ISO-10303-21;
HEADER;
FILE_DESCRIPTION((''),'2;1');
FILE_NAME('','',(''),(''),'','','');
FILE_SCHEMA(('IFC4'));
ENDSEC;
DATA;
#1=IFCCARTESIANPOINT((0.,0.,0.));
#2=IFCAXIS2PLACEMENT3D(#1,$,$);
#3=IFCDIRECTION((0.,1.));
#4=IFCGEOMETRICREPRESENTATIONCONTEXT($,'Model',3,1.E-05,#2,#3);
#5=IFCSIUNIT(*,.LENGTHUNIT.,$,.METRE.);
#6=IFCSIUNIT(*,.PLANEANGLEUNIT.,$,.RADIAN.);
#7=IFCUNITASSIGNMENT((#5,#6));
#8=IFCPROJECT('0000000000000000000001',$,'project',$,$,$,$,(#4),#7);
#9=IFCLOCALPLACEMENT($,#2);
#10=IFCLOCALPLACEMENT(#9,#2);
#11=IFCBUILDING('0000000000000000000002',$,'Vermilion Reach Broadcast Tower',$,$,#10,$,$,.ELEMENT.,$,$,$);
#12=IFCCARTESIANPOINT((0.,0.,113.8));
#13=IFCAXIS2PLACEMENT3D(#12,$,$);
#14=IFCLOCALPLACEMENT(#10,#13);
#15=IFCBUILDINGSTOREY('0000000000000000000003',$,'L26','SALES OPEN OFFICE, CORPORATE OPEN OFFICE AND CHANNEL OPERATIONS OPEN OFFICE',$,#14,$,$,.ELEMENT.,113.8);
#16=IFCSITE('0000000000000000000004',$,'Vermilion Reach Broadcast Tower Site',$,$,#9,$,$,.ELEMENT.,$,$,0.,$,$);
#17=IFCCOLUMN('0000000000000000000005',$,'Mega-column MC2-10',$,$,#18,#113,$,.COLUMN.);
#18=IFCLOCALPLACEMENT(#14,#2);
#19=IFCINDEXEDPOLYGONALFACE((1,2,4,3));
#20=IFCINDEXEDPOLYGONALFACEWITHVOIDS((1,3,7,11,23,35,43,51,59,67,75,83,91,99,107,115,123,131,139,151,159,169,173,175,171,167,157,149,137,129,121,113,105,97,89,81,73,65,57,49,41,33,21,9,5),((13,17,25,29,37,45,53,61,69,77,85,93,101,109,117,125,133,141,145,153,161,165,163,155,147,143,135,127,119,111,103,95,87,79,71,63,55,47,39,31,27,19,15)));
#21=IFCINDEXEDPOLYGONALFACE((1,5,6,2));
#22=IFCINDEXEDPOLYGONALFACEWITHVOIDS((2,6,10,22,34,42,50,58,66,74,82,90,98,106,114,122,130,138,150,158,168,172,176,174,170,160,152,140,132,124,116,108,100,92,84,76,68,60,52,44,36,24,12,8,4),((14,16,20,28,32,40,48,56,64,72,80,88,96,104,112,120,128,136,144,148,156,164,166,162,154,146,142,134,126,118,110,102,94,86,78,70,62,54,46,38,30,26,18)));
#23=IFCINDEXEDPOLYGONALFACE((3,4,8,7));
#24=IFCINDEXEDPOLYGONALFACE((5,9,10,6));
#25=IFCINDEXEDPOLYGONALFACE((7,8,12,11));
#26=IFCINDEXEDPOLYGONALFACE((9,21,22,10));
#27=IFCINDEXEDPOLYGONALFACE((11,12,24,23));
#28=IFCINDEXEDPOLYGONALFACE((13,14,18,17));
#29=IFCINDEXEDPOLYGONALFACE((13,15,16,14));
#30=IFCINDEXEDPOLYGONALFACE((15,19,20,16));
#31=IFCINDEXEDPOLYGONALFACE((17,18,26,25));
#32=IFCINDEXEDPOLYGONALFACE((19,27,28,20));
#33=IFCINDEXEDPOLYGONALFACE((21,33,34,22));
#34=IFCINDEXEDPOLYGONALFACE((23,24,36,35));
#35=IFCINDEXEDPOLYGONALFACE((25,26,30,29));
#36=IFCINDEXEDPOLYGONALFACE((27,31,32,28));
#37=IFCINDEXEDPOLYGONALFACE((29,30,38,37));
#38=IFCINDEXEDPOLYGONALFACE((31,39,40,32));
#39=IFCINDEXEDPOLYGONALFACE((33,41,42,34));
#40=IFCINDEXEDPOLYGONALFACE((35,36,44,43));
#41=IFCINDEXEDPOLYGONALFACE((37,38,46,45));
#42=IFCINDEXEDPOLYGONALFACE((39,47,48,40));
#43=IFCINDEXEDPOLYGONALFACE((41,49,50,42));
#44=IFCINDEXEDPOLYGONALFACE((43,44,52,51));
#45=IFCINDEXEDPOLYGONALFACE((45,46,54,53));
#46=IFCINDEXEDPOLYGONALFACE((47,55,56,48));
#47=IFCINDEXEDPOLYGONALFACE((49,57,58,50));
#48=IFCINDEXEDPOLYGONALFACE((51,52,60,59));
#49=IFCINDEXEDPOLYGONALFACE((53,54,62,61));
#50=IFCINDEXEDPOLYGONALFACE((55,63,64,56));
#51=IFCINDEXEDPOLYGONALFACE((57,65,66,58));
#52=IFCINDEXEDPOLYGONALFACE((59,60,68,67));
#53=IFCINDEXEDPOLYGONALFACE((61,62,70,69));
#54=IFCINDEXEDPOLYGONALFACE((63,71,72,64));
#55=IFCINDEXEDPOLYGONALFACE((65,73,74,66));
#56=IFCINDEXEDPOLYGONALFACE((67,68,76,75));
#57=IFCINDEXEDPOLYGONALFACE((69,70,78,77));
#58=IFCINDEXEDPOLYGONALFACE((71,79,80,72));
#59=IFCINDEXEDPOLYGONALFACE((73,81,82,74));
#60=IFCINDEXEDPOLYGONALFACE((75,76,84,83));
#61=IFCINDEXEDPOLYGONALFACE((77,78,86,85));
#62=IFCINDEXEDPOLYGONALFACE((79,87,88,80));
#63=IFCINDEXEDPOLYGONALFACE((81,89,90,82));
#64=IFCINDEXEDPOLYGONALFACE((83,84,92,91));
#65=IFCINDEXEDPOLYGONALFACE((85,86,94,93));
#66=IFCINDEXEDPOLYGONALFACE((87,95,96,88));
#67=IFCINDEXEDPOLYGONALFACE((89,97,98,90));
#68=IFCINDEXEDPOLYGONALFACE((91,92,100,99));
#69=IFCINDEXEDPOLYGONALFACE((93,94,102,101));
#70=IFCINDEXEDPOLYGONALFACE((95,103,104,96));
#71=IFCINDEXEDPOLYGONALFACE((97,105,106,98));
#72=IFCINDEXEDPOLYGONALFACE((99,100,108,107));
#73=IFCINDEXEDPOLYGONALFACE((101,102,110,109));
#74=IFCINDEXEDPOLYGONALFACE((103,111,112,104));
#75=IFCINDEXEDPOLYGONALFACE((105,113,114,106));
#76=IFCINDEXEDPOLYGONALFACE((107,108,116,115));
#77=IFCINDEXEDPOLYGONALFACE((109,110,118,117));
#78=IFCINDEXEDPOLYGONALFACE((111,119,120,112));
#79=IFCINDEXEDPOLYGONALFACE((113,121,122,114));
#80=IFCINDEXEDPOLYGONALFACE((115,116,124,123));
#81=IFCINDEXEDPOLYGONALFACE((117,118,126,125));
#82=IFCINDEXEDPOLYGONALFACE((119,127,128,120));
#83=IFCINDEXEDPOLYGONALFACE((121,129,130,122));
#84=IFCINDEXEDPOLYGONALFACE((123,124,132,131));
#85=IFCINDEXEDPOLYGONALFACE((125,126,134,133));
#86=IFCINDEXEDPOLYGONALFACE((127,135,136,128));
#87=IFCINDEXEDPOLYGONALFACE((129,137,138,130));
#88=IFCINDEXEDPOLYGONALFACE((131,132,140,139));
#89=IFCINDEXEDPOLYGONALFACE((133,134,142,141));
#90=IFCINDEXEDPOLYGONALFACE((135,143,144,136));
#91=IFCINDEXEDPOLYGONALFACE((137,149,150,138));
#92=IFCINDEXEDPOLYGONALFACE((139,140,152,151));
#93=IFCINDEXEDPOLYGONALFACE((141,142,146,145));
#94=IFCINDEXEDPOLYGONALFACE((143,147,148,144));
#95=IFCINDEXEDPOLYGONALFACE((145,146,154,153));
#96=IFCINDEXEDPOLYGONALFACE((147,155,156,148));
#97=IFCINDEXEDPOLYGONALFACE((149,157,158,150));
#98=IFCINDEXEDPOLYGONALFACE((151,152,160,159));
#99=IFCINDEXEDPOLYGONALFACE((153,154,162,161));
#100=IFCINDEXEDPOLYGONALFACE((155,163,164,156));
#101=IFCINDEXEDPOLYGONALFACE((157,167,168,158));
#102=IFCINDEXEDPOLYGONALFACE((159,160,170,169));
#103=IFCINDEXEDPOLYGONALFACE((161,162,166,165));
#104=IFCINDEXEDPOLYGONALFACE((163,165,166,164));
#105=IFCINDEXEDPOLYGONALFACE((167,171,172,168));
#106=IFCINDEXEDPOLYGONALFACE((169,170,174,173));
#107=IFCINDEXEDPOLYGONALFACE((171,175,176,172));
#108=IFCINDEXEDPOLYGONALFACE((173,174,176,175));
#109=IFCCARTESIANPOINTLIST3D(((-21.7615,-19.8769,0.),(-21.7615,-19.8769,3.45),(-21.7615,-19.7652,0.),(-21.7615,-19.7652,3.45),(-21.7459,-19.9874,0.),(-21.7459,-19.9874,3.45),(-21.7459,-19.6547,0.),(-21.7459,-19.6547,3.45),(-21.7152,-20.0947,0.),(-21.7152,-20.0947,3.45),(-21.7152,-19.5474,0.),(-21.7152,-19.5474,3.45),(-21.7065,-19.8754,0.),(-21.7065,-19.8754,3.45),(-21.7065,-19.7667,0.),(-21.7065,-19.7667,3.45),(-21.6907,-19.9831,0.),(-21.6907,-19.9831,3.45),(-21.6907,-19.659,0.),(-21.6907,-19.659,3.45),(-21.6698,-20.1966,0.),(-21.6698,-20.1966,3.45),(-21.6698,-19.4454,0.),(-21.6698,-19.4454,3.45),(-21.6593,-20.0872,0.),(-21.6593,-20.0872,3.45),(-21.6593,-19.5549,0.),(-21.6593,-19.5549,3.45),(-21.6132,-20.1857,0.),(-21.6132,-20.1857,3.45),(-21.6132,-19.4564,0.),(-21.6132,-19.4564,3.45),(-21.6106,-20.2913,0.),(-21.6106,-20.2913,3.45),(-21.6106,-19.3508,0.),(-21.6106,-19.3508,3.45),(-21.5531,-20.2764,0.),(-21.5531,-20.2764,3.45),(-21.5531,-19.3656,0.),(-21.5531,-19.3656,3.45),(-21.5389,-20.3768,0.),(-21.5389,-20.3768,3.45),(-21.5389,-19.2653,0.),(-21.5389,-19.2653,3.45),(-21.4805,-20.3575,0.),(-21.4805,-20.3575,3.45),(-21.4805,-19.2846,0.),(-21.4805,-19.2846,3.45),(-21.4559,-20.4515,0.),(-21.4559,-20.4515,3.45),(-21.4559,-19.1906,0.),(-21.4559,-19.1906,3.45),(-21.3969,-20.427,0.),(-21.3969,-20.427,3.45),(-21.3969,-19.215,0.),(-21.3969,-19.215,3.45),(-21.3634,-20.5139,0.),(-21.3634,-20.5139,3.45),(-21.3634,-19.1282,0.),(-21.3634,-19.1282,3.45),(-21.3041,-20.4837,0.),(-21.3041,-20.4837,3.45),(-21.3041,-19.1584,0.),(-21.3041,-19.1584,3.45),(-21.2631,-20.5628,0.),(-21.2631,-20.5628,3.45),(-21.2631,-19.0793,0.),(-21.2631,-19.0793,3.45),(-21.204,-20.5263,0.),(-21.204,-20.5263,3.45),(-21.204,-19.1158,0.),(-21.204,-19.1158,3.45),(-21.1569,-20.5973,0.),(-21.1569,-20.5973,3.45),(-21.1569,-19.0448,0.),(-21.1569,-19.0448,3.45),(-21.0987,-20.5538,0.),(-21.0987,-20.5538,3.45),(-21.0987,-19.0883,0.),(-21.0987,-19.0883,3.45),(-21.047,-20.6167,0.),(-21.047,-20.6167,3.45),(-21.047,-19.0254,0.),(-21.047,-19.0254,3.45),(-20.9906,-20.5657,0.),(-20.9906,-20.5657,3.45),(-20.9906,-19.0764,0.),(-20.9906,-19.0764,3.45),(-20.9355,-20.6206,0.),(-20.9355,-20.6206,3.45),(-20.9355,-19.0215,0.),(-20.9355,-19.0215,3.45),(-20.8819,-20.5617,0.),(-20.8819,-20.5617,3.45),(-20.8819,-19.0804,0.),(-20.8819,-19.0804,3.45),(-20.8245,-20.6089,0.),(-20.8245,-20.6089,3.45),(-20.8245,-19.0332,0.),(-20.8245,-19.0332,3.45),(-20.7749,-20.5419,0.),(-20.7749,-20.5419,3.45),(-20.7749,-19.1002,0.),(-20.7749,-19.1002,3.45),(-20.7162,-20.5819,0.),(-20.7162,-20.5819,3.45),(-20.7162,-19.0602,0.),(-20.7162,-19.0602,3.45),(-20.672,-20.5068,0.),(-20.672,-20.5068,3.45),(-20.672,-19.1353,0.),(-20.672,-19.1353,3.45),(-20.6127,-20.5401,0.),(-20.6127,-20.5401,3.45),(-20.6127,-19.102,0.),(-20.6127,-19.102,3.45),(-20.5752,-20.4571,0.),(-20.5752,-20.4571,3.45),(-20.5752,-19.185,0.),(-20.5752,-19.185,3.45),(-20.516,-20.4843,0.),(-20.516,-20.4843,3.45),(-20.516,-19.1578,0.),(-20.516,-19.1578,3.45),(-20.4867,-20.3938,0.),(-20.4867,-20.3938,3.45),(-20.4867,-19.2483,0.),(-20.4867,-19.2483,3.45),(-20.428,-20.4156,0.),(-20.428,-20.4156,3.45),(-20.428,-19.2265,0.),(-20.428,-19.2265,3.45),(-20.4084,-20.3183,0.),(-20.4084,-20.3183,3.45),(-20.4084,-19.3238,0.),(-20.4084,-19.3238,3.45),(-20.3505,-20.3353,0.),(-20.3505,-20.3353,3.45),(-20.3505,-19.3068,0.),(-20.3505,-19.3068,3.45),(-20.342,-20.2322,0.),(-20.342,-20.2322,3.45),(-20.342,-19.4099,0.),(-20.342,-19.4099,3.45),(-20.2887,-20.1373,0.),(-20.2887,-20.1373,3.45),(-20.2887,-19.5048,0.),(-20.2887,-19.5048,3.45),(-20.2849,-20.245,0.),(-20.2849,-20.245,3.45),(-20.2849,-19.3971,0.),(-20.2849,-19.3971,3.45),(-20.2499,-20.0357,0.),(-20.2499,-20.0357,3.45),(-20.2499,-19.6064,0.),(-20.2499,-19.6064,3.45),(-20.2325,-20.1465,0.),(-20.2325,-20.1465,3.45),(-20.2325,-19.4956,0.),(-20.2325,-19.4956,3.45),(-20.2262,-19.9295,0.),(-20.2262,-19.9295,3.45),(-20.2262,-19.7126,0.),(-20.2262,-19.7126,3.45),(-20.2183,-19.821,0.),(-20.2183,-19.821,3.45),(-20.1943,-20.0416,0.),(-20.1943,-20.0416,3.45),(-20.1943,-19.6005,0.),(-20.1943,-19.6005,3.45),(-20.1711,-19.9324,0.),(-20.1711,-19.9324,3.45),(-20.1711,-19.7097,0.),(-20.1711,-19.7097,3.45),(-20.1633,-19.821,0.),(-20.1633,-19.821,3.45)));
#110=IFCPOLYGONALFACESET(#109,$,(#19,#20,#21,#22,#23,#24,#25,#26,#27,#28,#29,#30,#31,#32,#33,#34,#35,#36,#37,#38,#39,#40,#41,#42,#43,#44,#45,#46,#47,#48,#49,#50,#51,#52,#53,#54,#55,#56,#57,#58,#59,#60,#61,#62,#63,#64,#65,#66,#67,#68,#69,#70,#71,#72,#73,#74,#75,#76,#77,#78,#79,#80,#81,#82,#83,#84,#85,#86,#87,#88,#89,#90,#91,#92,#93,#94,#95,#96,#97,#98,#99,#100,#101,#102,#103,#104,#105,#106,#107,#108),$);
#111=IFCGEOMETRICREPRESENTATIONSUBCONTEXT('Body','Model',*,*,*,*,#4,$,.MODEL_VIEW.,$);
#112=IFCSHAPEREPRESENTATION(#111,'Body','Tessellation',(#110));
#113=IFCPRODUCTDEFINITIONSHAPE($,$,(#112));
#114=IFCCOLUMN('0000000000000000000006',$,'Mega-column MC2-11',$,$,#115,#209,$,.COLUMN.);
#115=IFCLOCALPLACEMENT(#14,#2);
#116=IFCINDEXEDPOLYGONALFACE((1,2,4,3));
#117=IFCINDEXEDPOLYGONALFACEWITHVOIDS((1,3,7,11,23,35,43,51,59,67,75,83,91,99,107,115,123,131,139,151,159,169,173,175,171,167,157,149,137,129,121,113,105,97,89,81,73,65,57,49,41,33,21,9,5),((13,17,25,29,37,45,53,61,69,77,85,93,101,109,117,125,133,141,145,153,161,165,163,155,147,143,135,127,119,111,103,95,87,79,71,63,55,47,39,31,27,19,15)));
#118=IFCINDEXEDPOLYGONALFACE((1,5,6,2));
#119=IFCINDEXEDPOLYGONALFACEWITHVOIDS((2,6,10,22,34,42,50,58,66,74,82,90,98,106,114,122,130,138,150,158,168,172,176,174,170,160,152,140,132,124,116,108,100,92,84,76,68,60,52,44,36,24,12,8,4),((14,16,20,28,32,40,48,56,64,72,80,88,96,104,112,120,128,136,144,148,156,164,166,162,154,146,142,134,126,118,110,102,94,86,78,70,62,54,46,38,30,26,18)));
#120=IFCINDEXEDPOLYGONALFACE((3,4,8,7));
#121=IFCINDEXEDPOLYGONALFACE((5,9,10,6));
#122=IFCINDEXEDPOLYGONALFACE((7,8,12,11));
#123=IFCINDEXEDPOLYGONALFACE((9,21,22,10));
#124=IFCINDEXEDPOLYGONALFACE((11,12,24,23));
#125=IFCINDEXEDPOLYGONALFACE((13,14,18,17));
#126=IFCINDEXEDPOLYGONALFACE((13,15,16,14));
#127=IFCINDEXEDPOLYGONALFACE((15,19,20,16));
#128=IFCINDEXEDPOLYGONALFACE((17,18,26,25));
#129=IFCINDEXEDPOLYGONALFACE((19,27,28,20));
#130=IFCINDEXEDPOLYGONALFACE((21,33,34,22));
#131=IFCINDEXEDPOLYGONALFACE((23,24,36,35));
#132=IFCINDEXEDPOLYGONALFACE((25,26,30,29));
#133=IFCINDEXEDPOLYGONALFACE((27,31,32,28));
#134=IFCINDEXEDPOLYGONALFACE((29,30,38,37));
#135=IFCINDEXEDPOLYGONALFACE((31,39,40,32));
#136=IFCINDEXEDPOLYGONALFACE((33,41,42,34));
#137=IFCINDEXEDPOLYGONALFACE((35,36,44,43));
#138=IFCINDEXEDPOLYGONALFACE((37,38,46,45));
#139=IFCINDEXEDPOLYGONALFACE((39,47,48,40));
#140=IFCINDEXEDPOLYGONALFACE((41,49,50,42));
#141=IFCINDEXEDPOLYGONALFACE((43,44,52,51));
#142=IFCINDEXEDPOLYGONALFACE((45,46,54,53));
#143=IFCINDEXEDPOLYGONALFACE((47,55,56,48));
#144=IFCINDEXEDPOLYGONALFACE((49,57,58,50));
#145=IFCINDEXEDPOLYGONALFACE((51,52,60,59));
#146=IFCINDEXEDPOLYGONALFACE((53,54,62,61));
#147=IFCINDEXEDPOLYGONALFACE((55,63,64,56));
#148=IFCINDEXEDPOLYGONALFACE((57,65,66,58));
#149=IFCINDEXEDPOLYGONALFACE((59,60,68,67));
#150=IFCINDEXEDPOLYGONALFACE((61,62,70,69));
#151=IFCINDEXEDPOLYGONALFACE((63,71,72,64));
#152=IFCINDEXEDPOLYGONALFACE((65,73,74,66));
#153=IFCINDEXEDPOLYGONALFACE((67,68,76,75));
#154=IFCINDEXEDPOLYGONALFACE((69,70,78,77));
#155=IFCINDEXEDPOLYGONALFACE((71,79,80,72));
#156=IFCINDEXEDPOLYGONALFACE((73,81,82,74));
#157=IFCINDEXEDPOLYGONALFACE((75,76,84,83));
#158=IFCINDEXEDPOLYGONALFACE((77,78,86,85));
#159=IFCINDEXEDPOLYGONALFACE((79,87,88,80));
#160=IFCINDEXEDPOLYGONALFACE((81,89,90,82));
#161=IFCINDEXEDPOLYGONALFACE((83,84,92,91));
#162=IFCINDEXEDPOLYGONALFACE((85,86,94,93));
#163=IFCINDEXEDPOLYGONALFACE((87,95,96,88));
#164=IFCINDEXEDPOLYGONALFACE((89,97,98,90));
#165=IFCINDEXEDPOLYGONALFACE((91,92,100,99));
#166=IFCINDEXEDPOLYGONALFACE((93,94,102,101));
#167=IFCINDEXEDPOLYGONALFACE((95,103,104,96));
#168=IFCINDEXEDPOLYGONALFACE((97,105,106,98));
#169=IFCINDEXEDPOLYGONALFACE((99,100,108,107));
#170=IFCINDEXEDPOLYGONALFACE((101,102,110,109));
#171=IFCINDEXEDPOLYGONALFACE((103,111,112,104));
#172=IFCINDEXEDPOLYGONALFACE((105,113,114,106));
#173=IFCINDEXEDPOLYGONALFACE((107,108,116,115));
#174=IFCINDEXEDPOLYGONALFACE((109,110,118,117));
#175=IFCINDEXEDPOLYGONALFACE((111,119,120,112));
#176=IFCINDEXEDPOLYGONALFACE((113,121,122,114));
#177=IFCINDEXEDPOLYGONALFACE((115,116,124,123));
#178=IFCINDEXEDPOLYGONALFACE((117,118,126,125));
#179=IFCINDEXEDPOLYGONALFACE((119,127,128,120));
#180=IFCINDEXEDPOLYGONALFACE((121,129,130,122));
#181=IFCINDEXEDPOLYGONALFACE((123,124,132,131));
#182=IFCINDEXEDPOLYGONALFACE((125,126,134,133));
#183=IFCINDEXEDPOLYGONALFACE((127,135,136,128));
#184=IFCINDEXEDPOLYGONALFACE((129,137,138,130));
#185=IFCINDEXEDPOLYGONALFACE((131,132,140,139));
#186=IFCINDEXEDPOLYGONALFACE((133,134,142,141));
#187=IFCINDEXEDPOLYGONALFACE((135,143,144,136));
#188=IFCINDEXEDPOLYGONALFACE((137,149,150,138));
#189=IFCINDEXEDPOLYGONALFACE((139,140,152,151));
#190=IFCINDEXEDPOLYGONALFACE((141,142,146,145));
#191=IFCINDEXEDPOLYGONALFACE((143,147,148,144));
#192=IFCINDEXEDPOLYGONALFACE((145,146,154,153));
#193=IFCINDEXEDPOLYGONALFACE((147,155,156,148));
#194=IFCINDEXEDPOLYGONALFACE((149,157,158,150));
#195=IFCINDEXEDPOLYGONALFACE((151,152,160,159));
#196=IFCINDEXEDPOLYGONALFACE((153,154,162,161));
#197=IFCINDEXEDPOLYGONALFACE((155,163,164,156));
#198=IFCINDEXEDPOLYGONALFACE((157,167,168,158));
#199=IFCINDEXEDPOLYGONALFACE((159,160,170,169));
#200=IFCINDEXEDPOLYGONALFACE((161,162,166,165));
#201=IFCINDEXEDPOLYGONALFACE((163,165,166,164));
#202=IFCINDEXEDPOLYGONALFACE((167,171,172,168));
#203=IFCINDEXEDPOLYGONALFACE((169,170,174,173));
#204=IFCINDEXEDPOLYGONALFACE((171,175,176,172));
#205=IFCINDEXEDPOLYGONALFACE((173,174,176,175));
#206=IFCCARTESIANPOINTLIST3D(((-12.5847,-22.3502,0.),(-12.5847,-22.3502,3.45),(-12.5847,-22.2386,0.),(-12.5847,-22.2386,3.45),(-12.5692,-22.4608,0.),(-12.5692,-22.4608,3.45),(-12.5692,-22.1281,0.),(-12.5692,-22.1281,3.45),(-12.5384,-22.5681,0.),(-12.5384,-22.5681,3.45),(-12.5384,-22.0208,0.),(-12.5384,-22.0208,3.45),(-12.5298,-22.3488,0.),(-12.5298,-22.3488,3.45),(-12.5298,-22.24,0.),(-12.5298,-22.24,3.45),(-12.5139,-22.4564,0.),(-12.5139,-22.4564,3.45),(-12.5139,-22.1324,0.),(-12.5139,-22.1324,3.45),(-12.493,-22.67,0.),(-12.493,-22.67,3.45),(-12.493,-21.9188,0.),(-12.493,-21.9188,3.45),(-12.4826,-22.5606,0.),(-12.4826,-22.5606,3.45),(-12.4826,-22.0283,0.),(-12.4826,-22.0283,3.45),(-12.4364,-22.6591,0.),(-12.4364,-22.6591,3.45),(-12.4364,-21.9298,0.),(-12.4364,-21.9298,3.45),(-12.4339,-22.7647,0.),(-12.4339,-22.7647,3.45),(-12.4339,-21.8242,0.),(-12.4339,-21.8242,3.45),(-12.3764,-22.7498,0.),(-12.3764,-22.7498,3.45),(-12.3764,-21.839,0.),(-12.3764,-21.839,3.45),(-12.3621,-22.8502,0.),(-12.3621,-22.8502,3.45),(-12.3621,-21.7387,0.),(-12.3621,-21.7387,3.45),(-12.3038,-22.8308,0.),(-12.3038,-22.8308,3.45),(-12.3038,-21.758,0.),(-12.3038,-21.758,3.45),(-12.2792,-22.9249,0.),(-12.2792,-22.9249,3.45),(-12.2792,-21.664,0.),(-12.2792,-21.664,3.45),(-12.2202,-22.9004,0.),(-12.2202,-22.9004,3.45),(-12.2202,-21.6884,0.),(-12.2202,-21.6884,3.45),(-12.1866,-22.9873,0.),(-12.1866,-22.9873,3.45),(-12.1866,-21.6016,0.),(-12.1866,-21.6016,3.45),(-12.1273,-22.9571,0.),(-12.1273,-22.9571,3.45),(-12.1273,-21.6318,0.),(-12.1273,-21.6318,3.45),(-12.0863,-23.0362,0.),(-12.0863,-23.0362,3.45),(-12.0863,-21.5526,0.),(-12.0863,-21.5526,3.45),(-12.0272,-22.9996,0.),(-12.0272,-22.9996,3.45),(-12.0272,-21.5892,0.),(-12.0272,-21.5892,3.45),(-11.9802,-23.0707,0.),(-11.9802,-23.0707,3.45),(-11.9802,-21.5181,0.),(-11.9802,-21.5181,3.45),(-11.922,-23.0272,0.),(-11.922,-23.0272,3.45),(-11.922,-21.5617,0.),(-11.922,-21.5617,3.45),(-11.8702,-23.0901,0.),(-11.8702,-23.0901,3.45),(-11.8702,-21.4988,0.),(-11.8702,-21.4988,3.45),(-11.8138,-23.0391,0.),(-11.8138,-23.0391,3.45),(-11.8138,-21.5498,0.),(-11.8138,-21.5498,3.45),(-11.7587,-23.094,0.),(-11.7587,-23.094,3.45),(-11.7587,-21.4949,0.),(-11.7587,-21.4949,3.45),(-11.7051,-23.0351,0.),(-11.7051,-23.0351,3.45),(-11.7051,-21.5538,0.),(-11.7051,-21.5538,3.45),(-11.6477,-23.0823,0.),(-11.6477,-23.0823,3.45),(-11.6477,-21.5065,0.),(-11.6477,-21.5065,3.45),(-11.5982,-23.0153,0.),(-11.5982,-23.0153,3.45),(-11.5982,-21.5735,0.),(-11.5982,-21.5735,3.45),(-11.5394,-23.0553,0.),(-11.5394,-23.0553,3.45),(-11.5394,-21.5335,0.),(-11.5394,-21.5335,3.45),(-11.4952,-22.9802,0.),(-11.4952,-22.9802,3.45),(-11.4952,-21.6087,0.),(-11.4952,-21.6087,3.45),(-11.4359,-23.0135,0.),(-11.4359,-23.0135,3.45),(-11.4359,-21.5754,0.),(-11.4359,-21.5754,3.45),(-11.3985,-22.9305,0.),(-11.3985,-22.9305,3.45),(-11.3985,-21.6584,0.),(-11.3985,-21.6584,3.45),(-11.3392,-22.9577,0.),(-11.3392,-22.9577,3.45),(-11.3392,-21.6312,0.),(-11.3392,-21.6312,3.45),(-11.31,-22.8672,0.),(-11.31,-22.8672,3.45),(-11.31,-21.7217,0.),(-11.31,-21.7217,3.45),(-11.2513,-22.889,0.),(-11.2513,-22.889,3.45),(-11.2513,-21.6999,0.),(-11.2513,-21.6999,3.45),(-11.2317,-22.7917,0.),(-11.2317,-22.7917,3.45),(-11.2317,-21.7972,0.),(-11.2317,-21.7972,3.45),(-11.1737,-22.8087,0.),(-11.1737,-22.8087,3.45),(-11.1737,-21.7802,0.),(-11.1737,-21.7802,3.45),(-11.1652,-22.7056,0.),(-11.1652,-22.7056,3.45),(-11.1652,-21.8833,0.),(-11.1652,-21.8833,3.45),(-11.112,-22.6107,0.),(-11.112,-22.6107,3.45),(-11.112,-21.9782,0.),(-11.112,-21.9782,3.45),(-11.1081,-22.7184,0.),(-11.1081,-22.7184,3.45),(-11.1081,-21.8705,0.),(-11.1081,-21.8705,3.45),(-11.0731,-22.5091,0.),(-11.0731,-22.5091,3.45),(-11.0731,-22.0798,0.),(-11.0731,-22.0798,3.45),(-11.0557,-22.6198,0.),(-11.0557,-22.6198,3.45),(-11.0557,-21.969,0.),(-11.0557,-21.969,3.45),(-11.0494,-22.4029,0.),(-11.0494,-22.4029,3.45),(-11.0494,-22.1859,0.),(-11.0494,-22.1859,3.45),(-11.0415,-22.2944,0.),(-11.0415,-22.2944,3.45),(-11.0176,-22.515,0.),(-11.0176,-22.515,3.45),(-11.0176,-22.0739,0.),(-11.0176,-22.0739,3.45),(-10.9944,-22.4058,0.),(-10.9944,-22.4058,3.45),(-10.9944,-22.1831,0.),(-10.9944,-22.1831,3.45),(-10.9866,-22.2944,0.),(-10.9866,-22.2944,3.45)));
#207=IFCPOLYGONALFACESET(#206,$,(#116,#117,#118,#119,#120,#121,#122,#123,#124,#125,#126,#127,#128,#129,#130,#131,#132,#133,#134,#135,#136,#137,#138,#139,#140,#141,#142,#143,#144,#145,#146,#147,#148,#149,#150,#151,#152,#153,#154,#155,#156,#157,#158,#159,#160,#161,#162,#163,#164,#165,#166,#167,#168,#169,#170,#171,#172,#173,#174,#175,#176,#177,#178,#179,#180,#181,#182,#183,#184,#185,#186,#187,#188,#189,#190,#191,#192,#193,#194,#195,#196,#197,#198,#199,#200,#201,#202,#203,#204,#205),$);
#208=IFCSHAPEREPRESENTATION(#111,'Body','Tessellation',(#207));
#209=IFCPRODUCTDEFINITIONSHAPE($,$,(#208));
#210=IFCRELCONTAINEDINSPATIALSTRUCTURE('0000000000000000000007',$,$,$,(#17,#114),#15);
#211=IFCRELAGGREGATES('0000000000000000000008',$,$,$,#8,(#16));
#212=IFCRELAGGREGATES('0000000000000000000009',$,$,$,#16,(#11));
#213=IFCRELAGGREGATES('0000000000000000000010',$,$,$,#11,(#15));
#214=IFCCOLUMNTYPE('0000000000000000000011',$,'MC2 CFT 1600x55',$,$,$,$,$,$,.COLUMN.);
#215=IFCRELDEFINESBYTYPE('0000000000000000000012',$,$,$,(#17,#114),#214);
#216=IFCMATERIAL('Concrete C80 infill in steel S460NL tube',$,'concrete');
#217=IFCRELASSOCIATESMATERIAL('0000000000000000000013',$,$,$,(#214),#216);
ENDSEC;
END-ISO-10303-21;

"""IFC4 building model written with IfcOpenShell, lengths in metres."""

from ifc_helpers import new_model, si_unit, direction, frame, origin, origin_2d, place, context, subcontext, project, spatial, hollow_circle, extrude, material, material_profile, profile_set, type_object, element, save


model = new_model("IFC4")

# Units and contexts
model_context = context("Model", 3, precision=1e-05, world=origin(), true_north=direction((0.0, 1.0)))
body_context = subcontext(model_context, "Body", "Model", "MODEL_VIEW")
ifc_project = project(units=[si_unit("LENGTHUNIT", "METRE"), si_unit("PLANEANGLEUNIT", "RADIAN")], contexts=[model_context])

# Site, building, storey
site_placement = place(None, origin())
site = spatial("IfcSite", under=ifc_project, at=site_placement, Name="Vermilion Reach Broadcast Tower Site", CompositionType="ELEMENT", RefElevation=0.0)
building_placement = place(site_placement, origin())
building = spatial("IfcBuilding", under=site, at=building_placement, Name="Vermilion Reach Broadcast Tower", CompositionType="ELEMENT")
storey_placement = place(building_placement, frame((0.0, 0.0, 113.8)))
storey = spatial("IfcBuildingStorey", under=building, at=storey_placement, Name="L26", Description="SALES OPEN OFFICE, CORPORATE OPEN OFFICE AND CHANNEL OPERATIONS OPEN OFFICE", CompositionType="ELEMENT", Elevation=113.8)

# Columns
ifc_material_1 = material(Name="Concrete C80 infill in steel S460NL tube", Category="concrete")
ifc_material_profile_1 = material_profile(ifc_material_1, hollow_circle(Radius=0.8, WallThickness=0.0549, at=origin_2d()), Name="Concrete C80 infill in steel S460NL tube CFT 1600x55")
ifc_profile_set_1 = profile_set([ifc_material_profile_1], Name="Concrete C80 infill in steel S460NL tube")
column_type = type_object("IfcColumnType", Name="MC2 CFT 1600x55", PredefinedType="COLUMN", material=ifc_profile_set_1)
for number, where, z_axis, x_axis, name in (
    (1, (-20.9634, -19.821, 0.0), (0.0, 0.0, 1.0), (1.0, 0.0, 0.0), "Mega-column MC2-10"),
    (2, (-11.7866, -22.2944, 0.0), (0.0, 0.0, 1.0), (1.0, 0.0, 0.0), "Mega-column MC2-11"),
):
    element("IfcColumn", number, at=place(storey_placement, frame(where, z_axis=z_axis, x_axis=x_axis)), inside=storey, type_object=column_type, Name=name, PredefinedType="COLUMN", context=body_context, shape_type="SweptSolid", body=[
        extrude(hollow_circle(Radius=0.8, WallThickness=0.0549, at=origin_2d()), origin(), (0.0, 0.0, 1.0), 3.45),
    ])

save(model, "model.ifc")
